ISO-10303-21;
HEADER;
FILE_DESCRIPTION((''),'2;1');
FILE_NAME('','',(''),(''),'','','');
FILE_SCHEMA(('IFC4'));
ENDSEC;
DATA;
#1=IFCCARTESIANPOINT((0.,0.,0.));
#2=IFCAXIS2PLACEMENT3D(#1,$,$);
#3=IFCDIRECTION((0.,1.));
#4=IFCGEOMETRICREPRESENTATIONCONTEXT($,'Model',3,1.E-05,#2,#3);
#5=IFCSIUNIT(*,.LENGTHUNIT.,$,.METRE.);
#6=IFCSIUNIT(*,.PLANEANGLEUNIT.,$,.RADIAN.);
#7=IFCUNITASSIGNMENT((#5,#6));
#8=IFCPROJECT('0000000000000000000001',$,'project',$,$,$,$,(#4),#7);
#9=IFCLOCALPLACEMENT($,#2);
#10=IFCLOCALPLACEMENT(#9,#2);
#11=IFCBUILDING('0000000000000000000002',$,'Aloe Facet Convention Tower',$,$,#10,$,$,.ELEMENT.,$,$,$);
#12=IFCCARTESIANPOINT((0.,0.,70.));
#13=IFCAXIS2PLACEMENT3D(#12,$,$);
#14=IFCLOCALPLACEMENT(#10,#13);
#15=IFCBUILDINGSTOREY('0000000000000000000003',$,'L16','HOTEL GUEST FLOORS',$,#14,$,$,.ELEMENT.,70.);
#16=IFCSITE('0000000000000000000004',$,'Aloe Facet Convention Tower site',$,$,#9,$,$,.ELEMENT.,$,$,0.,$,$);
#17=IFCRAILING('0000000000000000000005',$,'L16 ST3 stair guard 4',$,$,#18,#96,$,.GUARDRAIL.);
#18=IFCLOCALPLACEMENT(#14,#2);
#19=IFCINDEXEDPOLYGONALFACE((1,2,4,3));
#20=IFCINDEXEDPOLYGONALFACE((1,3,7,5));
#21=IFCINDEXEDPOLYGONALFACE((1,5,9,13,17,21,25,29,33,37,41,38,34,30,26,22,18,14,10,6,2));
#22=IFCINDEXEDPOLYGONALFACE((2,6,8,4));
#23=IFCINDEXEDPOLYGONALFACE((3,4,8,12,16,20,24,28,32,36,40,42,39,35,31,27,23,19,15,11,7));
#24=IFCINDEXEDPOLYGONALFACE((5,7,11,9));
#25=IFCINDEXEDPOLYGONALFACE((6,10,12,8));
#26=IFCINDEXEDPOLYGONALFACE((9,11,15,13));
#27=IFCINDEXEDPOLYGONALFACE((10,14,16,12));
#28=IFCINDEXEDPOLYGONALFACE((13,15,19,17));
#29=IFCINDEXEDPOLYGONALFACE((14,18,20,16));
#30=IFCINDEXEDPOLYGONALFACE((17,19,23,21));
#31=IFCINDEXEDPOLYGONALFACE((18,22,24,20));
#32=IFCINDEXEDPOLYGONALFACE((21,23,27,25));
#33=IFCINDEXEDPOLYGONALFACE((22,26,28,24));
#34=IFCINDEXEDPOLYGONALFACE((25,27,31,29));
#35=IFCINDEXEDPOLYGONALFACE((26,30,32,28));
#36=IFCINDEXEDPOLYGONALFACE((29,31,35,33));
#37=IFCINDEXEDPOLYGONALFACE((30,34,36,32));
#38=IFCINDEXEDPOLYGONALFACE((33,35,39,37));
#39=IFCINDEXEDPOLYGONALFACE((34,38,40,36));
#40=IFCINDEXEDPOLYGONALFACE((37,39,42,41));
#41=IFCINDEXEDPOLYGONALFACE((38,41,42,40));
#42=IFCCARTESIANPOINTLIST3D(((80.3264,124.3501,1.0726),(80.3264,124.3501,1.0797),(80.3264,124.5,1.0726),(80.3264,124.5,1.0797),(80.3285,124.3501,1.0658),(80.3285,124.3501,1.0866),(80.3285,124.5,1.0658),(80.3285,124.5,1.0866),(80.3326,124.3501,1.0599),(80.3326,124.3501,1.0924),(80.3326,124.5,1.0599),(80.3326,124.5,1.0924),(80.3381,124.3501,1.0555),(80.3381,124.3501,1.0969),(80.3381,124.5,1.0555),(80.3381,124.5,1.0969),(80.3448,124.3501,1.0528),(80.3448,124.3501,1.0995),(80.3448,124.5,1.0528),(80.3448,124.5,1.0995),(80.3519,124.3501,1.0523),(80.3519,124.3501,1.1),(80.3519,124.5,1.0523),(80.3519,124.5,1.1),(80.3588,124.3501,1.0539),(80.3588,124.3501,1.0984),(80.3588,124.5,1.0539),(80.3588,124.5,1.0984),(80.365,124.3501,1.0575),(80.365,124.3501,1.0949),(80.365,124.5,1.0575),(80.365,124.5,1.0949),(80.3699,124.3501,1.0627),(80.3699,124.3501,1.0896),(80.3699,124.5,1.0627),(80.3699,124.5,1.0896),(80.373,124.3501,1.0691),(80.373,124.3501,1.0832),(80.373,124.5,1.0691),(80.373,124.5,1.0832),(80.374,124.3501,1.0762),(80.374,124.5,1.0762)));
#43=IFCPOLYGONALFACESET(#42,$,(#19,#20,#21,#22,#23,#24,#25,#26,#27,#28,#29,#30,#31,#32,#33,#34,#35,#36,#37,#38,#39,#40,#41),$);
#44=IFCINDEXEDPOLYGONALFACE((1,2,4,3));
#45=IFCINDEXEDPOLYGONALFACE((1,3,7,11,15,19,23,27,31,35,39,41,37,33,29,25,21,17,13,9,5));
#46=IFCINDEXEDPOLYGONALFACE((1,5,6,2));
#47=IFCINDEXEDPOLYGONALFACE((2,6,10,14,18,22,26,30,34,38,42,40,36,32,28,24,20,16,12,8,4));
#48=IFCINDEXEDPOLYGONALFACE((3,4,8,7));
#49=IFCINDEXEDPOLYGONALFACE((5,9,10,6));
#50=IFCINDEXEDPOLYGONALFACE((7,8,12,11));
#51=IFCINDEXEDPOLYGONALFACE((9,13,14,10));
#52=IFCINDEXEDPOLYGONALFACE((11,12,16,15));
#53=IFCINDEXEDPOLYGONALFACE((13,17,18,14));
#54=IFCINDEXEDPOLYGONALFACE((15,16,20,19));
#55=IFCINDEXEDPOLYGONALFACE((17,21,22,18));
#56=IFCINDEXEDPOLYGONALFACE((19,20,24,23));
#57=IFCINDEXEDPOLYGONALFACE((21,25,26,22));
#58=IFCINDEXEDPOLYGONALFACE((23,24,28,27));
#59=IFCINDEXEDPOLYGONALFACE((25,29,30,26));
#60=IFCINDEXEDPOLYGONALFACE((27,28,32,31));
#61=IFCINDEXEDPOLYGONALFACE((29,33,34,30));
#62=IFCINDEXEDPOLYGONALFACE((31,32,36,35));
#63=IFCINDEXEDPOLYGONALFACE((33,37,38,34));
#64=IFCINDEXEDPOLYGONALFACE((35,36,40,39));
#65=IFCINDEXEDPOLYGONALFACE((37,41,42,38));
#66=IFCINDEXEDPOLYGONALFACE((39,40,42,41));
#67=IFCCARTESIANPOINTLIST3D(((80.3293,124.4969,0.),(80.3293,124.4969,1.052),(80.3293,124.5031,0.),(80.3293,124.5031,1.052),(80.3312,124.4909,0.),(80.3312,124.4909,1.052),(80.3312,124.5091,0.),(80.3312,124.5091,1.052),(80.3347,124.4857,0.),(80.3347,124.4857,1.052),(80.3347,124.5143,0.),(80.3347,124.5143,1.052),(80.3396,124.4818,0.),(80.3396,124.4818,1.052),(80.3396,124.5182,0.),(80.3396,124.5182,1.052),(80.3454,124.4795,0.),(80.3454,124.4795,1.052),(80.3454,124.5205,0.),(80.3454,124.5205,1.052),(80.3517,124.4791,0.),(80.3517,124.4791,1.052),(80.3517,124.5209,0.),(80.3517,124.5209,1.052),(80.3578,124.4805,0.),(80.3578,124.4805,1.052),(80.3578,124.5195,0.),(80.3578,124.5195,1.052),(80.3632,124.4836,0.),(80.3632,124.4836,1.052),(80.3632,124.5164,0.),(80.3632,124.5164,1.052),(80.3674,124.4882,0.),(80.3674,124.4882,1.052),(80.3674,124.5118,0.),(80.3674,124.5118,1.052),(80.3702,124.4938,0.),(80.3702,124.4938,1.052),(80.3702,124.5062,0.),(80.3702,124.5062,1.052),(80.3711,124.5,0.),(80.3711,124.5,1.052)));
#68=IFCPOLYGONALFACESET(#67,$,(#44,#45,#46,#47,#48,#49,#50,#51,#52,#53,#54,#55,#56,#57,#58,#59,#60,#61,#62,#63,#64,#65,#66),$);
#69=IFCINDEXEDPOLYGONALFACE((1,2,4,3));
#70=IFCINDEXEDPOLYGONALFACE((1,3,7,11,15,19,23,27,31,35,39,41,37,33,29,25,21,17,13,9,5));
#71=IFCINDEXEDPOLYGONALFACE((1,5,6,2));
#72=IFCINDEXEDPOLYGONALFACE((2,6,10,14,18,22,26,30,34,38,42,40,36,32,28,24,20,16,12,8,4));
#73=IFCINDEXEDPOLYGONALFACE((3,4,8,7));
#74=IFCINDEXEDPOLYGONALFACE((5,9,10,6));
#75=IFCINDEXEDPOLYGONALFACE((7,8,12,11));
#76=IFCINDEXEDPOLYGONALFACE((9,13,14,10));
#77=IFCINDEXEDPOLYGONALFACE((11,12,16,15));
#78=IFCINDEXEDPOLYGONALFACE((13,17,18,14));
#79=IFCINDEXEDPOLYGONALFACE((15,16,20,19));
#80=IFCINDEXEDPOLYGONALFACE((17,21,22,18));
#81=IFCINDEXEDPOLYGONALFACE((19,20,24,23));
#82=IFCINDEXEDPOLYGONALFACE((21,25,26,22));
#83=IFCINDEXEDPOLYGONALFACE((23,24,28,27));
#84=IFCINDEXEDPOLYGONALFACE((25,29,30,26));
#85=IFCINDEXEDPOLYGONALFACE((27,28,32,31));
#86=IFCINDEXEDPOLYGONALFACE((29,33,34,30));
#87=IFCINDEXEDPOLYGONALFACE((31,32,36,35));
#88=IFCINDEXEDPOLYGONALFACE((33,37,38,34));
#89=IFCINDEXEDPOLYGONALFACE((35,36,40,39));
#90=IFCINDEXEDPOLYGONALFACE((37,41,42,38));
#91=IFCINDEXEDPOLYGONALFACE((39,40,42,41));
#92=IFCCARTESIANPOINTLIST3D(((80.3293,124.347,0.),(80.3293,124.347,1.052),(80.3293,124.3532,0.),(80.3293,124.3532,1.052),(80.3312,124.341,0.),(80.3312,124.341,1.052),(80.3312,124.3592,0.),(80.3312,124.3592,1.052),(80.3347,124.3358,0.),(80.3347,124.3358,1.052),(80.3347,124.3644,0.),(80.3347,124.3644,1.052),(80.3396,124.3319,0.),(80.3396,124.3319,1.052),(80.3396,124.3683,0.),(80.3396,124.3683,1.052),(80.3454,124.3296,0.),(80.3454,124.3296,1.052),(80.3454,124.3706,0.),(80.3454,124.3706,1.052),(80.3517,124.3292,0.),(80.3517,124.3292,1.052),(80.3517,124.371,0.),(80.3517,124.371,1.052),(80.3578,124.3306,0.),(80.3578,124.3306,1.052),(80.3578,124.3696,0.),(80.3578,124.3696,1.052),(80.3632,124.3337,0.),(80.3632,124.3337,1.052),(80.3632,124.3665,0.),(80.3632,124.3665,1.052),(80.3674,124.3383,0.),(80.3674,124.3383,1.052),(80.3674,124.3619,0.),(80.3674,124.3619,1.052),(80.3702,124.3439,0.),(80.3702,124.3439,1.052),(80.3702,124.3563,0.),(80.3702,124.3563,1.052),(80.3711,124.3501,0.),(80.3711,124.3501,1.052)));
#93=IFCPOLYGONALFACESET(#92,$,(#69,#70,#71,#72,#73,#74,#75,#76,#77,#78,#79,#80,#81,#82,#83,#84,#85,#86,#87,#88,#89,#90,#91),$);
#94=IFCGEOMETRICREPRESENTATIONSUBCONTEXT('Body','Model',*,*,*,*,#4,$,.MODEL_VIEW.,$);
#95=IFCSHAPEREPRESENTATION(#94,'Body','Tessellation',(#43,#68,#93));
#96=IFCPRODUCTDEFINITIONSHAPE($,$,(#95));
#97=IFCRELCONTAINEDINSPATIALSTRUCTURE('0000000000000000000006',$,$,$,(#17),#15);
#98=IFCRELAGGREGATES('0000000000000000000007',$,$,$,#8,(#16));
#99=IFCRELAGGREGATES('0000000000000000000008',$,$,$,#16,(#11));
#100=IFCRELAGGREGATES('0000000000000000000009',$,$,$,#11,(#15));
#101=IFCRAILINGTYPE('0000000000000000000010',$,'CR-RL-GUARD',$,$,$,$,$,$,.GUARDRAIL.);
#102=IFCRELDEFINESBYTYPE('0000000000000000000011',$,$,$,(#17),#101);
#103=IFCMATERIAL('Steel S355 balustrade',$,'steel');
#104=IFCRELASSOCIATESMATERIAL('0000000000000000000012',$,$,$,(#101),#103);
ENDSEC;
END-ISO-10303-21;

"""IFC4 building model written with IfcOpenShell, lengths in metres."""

from ifc_helpers import new_model, si_unit, direction, frame, origin, origin_2d, place, context, subcontext, project, spatial, circle, extrude, material, type_object, element, save


model = new_model("IFC4")

# Units and contexts
model_context = context("Model", 3, precision=1e-05, world=origin(), true_north=direction((0.0, 1.0)))
body_context = subcontext(model_context, "Body", "Model", "MODEL_VIEW")
ifc_project = project(units=[si_unit("LENGTHUNIT", "METRE"), si_unit("PLANEANGLEUNIT", "RADIAN")], contexts=[model_context])

# Site, building, storey
site_placement = place(None, origin())
site = spatial("IfcSite", under=ifc_project, at=site_placement, Name="Aloe Facet Convention Tower site", CompositionType="ELEMENT", RefElevation=0.0)
building_placement = place(site_placement, origin())
building = spatial("IfcBuilding", under=site, at=building_placement, Name="Aloe Facet Convention Tower", CompositionType="ELEMENT")
storey_placement = place(building_placement, frame((0.0, 0.0, 70.0)))
storey = spatial("IfcBuildingStorey", under=building, at=storey_placement, Name="L16", Description="HOTEL GUEST FLOORS", CompositionType="ELEMENT", Elevation=70.0)

# Railing
ifc_material_1 = material(Name="Steel S355 balustrade", Category="steel")
railing_type_1 = type_object("IfcRailingType", Name="CR-RL-GUARD", PredefinedType="GUARDRAIL", material=ifc_material_1)
railing_1_placement = place(storey_placement, frame((80.3501, 124.5, 0.0)))
element("IfcRailing", 1, at=railing_1_placement, inside=storey, type_object=railing_type_1, Name="L16 ST3 stair guard 4", PredefinedType="GUARDRAIL", context=body_context, shape_type="SweptSolid", body=[
    extrude(circle(Radius=0.0239, at=origin_2d()), frame((0.0, 0.0, 1.0762), z_axis=(0.0, -1.0, 0.0), x_axis=(1.0, 0.0, 0.0)), (0.0, 0.0, 1.0), 0.1499),
    extrude(circle(Radius=0.021, at=origin_2d()), origin(), (0.0, 0.0, 1.0), 1.052),
    extrude(circle(Radius=0.021, at=origin_2d()), frame((0.0, -0.1499, 0.0)), (0.0, 0.0, 1.0), 1.052),
])

save(model, "model.ifc")
